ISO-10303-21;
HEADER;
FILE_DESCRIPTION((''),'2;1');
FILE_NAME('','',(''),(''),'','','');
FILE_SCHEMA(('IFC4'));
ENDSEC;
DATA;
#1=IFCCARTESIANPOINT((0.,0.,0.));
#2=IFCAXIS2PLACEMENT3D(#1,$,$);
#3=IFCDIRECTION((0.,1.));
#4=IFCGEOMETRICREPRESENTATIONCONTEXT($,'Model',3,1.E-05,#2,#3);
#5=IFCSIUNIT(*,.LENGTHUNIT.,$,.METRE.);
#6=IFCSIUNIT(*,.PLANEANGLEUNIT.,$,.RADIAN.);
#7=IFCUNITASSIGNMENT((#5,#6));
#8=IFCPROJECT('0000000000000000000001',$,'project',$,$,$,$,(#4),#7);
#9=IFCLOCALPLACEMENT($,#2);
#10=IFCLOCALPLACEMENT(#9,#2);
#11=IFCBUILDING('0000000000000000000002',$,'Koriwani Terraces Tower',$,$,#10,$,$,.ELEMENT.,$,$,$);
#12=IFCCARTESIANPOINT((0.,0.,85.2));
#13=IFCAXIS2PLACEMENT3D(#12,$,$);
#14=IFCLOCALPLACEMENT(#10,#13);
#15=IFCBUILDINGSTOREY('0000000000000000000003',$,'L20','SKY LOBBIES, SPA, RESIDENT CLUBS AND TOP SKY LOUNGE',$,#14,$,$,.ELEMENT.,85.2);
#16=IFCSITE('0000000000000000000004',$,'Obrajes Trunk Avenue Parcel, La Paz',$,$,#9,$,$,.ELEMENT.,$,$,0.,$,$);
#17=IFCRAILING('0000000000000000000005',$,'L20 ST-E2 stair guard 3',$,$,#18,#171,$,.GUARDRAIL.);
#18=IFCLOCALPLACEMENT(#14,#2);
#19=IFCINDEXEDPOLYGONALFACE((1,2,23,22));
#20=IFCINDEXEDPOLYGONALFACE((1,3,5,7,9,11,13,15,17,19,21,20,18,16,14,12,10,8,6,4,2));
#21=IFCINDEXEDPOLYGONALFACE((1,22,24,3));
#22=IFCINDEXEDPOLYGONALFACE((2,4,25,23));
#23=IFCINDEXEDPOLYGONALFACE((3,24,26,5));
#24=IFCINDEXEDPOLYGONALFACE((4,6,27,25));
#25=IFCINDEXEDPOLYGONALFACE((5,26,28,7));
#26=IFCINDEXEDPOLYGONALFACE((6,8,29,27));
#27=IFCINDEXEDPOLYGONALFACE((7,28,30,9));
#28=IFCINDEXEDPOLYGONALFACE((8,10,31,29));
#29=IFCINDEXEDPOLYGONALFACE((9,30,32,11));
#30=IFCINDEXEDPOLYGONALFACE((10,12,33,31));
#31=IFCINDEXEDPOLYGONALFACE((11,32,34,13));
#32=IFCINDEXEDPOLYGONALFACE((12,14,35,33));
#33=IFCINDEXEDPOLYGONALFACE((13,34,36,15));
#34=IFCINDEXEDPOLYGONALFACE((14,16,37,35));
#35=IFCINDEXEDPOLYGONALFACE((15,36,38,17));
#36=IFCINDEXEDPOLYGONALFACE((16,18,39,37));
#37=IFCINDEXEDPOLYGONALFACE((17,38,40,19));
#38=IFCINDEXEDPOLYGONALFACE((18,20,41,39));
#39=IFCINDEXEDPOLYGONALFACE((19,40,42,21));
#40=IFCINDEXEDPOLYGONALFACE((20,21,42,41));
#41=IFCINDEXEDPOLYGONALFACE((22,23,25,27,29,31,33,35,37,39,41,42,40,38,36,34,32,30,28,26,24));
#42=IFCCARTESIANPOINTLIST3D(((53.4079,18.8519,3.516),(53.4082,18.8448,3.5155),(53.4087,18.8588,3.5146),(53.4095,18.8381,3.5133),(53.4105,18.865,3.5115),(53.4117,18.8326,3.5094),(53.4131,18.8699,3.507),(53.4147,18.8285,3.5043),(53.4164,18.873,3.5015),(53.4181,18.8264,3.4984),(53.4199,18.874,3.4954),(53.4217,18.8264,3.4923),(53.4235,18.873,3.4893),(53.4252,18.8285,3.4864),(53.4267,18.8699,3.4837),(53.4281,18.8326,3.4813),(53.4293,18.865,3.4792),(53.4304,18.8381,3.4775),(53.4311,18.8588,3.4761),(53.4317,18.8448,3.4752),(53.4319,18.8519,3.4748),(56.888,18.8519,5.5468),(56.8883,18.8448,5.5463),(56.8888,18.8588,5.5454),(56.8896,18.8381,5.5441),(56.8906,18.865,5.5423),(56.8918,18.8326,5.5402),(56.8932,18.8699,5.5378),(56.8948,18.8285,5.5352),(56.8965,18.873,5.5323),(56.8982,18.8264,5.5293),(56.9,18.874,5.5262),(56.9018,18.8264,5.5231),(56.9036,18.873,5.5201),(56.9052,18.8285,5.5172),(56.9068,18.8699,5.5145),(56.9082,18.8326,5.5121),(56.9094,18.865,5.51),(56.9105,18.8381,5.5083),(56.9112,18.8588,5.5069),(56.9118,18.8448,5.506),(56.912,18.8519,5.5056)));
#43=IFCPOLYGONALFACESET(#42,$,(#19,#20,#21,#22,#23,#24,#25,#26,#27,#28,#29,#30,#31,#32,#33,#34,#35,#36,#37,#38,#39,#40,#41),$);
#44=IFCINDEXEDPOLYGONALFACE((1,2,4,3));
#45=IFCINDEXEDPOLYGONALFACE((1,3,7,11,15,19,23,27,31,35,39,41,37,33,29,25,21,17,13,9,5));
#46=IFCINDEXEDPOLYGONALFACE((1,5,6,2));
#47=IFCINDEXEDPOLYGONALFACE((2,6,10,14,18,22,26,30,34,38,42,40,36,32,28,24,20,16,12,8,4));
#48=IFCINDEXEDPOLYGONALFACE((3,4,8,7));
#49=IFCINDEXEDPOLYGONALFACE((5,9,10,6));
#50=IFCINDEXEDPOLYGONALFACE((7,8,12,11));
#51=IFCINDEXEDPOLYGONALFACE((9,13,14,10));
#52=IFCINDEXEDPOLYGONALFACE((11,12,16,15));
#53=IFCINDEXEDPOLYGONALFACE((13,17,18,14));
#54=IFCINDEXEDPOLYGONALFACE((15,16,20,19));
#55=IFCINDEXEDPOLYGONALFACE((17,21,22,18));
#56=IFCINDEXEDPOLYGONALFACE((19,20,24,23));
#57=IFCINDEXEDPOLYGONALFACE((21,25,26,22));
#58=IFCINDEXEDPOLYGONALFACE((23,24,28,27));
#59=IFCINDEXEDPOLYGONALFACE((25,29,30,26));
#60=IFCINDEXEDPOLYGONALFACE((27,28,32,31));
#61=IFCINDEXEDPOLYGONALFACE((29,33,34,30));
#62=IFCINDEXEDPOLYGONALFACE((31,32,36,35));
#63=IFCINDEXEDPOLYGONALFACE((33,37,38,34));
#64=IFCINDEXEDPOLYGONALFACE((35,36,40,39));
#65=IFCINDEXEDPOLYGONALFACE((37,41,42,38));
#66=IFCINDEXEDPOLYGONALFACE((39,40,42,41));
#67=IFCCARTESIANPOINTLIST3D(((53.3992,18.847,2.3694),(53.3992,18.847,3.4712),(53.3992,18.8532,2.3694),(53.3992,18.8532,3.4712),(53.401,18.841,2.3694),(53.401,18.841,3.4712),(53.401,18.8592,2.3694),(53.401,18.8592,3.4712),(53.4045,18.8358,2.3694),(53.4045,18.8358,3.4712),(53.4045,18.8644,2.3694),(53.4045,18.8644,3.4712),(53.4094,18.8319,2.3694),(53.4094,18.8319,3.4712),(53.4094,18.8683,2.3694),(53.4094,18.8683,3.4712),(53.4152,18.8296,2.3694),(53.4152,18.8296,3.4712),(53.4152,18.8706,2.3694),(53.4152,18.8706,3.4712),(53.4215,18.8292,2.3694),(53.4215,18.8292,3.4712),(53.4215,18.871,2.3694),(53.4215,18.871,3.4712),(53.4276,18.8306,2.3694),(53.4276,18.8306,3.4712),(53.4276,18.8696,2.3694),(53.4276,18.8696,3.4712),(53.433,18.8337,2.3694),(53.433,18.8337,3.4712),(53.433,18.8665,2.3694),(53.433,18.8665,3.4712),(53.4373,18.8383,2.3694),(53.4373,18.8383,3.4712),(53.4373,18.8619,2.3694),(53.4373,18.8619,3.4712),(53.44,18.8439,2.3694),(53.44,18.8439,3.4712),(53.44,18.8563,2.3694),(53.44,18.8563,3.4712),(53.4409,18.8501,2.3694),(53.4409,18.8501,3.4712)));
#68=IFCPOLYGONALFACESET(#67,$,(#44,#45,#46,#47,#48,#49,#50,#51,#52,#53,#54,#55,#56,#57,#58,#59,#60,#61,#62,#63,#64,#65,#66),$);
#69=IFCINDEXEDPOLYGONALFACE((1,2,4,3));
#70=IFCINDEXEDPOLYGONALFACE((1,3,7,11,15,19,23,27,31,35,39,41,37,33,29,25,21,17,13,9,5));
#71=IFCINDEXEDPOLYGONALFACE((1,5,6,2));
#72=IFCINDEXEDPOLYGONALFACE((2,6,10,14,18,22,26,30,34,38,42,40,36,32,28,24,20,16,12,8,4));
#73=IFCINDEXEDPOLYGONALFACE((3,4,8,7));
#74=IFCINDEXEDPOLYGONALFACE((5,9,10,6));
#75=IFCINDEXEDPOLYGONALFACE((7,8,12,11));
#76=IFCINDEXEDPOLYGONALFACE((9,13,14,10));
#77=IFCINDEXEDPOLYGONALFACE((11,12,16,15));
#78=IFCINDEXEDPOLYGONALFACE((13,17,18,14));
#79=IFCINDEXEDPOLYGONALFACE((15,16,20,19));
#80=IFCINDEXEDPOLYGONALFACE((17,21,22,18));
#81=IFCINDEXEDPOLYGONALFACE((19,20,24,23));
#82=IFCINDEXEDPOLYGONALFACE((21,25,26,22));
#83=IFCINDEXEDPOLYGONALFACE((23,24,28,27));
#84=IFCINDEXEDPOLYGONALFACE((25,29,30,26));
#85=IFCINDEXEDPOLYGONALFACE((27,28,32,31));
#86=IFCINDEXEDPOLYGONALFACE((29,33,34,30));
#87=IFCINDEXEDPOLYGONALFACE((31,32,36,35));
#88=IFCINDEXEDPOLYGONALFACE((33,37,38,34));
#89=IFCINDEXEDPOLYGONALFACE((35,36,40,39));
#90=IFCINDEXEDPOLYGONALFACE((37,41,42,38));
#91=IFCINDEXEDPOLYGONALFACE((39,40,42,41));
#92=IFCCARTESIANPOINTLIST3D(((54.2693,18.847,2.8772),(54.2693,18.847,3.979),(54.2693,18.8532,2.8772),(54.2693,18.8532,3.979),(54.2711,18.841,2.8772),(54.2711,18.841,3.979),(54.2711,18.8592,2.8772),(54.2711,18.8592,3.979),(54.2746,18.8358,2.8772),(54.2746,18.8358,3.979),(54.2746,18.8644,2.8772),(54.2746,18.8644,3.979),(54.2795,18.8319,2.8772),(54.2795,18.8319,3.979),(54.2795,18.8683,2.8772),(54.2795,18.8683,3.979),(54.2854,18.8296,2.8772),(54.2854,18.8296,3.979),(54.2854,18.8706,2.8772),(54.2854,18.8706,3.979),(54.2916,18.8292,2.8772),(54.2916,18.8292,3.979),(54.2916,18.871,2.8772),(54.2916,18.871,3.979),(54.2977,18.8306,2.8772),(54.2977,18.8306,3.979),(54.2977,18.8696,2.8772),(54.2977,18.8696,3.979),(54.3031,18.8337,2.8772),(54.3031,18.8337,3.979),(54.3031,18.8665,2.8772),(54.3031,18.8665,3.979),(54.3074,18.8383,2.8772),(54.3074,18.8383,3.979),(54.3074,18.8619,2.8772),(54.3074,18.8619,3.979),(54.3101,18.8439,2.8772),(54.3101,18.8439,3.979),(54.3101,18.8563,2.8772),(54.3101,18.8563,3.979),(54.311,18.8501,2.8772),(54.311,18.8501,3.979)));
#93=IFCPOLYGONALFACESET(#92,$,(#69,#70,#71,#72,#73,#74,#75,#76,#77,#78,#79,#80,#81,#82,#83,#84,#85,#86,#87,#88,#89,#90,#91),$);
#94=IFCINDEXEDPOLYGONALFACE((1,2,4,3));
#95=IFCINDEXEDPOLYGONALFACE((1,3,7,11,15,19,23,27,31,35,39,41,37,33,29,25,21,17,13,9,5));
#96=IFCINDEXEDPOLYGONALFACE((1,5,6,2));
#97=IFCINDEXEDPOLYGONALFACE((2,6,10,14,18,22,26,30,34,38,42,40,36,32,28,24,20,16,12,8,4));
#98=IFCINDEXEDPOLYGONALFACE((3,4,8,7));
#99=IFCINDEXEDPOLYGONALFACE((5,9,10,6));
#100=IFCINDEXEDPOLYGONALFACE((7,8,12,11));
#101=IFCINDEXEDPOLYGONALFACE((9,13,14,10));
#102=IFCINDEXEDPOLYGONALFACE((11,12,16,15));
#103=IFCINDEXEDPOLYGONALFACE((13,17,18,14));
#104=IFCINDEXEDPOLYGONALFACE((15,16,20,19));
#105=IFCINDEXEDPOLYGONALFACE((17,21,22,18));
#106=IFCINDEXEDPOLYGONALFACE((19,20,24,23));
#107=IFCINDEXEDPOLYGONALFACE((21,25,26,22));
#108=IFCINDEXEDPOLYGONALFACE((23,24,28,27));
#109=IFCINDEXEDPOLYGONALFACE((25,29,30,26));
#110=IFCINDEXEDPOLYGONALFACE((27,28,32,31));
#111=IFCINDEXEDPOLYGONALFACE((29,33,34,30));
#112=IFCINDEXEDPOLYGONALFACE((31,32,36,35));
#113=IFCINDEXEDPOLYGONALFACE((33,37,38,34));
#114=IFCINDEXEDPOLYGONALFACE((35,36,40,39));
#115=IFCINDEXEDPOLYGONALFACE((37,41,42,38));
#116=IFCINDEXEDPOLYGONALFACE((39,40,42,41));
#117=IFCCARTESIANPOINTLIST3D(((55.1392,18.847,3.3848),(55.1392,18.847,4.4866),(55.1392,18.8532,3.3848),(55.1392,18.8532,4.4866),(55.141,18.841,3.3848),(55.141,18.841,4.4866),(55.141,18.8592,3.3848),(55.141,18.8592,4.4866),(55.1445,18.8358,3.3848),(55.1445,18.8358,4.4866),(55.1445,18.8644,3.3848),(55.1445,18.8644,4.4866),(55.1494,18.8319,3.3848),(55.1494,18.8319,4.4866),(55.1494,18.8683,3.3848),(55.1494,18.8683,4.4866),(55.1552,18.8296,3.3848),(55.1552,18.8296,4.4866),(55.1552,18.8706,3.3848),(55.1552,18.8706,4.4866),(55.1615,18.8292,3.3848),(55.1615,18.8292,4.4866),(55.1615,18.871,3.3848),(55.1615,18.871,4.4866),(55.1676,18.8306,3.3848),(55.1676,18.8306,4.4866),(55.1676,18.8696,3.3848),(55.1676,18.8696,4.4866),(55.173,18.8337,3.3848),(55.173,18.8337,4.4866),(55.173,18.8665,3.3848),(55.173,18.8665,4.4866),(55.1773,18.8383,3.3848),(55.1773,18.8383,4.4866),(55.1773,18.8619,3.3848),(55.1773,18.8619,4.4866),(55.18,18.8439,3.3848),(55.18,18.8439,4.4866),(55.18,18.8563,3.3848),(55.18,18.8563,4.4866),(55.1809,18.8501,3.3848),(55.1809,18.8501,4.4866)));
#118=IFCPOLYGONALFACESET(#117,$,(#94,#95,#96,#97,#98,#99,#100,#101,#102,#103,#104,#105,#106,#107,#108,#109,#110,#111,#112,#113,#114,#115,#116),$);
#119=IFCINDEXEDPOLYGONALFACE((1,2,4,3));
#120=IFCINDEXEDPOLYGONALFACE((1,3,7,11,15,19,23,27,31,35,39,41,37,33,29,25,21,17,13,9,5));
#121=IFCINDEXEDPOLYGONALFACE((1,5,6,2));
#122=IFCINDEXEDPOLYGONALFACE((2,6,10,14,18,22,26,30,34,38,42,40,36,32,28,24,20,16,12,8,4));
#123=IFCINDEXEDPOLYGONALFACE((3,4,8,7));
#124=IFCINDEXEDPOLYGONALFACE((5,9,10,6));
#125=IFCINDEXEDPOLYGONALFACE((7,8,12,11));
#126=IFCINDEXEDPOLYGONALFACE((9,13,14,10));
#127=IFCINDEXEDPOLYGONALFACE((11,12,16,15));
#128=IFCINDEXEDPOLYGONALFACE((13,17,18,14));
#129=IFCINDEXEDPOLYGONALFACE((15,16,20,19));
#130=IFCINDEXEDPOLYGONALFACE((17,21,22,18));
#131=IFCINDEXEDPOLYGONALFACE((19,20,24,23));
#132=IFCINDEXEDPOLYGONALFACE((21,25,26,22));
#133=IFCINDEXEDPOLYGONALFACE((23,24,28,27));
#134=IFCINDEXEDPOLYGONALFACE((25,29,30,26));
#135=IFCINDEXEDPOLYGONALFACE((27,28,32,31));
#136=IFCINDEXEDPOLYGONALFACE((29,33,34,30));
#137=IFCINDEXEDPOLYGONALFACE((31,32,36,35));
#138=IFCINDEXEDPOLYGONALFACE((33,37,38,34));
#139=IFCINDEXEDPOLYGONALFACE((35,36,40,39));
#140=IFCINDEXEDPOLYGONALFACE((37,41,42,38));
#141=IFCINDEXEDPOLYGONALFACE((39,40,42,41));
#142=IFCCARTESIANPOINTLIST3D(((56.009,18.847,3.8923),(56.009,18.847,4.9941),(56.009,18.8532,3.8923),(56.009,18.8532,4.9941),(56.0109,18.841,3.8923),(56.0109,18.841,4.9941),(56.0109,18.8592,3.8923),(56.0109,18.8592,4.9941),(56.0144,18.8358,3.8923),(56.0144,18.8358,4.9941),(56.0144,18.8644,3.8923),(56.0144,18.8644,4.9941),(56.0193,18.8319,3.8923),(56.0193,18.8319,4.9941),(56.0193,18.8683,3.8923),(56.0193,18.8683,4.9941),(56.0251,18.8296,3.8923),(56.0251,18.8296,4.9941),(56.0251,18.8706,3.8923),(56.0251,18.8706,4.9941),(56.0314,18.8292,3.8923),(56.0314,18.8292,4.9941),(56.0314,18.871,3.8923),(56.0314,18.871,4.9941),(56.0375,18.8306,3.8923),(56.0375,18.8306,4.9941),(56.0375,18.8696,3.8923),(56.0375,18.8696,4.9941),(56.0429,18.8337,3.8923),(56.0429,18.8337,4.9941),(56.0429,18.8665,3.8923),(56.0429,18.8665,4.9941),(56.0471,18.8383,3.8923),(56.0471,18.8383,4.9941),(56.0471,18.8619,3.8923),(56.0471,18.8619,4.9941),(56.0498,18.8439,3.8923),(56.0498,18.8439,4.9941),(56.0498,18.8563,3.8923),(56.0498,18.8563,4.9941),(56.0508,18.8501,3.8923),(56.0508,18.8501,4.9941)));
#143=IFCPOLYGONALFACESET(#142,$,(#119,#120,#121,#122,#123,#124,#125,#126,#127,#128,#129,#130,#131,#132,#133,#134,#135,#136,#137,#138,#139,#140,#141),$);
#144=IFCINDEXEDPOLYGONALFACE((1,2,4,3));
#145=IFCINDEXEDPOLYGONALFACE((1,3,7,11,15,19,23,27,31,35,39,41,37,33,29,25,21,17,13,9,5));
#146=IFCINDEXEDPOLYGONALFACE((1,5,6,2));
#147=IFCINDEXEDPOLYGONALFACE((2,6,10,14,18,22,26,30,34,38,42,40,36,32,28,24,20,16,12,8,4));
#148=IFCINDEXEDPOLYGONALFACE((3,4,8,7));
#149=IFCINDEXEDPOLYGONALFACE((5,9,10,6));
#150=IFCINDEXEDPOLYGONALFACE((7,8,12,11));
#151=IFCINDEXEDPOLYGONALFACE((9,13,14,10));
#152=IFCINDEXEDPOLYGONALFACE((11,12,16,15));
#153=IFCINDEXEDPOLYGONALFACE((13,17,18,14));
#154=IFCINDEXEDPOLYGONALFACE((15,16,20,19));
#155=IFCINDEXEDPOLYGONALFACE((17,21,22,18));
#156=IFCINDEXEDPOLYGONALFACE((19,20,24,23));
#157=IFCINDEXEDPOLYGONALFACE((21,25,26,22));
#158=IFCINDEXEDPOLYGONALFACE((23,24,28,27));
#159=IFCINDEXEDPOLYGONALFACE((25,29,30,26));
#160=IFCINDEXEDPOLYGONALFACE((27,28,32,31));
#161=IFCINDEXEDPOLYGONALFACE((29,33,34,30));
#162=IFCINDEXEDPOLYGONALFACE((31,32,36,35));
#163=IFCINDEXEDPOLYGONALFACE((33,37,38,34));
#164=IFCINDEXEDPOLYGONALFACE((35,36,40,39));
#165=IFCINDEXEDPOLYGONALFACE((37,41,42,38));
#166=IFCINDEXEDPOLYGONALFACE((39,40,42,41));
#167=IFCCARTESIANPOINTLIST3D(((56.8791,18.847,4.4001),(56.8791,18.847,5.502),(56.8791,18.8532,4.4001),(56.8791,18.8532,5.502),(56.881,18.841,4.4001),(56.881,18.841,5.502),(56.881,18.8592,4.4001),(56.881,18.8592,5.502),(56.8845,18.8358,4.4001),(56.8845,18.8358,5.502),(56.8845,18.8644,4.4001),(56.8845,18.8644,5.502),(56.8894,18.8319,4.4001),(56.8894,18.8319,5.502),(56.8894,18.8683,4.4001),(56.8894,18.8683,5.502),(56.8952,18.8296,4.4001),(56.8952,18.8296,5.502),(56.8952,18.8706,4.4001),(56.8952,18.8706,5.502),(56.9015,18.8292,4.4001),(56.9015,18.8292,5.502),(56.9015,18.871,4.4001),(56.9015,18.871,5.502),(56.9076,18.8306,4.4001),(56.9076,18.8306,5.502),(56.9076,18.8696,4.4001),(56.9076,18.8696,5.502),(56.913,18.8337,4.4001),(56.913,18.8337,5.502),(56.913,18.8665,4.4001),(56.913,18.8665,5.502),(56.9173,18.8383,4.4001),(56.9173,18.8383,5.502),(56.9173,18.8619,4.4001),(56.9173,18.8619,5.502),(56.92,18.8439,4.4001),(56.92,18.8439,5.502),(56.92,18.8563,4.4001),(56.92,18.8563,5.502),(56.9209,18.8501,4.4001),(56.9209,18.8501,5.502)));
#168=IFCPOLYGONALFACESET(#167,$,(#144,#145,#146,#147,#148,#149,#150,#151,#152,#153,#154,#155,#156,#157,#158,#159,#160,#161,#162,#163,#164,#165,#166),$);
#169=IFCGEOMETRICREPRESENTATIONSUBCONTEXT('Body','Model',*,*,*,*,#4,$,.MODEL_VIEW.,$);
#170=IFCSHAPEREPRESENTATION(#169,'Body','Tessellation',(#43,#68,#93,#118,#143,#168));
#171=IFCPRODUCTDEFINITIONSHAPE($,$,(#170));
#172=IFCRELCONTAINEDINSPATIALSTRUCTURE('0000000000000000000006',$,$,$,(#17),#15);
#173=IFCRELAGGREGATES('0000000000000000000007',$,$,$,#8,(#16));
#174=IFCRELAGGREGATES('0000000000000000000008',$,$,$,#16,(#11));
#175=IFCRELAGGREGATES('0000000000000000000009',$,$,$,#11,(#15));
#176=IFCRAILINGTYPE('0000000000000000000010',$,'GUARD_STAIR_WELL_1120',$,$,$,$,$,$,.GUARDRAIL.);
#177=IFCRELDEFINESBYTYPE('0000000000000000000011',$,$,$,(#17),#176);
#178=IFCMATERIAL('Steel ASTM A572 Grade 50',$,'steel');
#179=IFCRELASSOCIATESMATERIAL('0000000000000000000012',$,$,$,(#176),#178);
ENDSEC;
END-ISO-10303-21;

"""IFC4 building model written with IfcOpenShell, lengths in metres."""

from ifc_helpers import new_model, si_unit, direction, frame, origin, origin_2d, place, context, subcontext, project, spatial, circle, extrude, material, type_object, element, save


model = new_model("IFC4")

# Units and contexts
model_context = context("Model", 3, precision=1e-05, world=origin(), true_north=direction((0.0, 1.0)))
body_context = subcontext(model_context, "Body", "Model", "MODEL_VIEW")
ifc_project = project(units=[si_unit("LENGTHUNIT", "METRE"), si_unit("PLANEANGLEUNIT", "RADIAN")], contexts=[model_context])

# Site, building, storey
site_placement = place(None, origin())
site = spatial("IfcSite", under=ifc_project, at=site_placement, Name="Obrajes Trunk Avenue Parcel, La Paz", CompositionType="ELEMENT", RefElevation=0.0)
building_placement = place(site_placement, origin())
building = spatial("IfcBuilding", under=site, at=building_placement, Name="Koriwani Terraces Tower", CompositionType="ELEMENT")
storey_placement = place(building_placement, frame((0.0, 0.0, 85.2)))
storey = spatial("IfcBuildingStorey", under=building, at=storey_placement, Name="L20", Description="SKY LOBBIES, SPA, RESIDENT CLUBS AND TOP SKY LOUNGE", CompositionType="ELEMENT", Elevation=85.2)

# Shared definitions
ifc_material_1 = material(Name="Steel ASTM A572 Grade 50", Category="steel")

# Railing
railing_type_1 = type_object("IfcRailingType", Name="GUARD_STAIR_WELL_1120", PredefinedType="GUARDRAIL", material=ifc_material_1)
railing_1_placement = place(storey_placement, frame((53.4199, 18.8501, 2.3694)))
element("IfcRailing", 1, at=railing_1_placement, inside=storey, type_object=railing_type_1, Name="L20 ST-E2 stair guard 3", PredefinedType="GUARDRAIL", context=body_context, shape_type="SweptSolid", body=[
    extrude(circle(Radius=0.0239, at=origin_2d()), frame((0.0, 0.0, 1.126), z_axis=(0.863695, 0.0, 0.504014), x_axis=(0.0, 1.0, 0.0)), (0.0, 0.0, 1.0), 4.0293),
    extrude(circle(Radius=0.021, at=origin_2d()), origin(), (0.0, 0.0, 1.0), 1.1018),
    extrude(circle(Radius=0.021, at=origin_2d()), frame((0.8701, 0.0, 0.5078)), (0.0, 0.0, 1.0), 1.1018),
    extrude(circle(Radius=0.021, at=origin_2d()), frame((1.74, 0.0, 1.0154)), (0.0, 0.0, 1.0), 1.1018),
    extrude(circle(Radius=0.021, at=origin_2d()), frame((2.6099, 0.0, 1.5229)), (0.0, 0.0, 1.0), 1.1018),
    extrude(circle(Radius=0.021, at=origin_2d()), frame((3.48, 0.0, 2.0308)), (0.0, 0.0, 1.0), 1.1018),
])

save(model, "model.ifc")
